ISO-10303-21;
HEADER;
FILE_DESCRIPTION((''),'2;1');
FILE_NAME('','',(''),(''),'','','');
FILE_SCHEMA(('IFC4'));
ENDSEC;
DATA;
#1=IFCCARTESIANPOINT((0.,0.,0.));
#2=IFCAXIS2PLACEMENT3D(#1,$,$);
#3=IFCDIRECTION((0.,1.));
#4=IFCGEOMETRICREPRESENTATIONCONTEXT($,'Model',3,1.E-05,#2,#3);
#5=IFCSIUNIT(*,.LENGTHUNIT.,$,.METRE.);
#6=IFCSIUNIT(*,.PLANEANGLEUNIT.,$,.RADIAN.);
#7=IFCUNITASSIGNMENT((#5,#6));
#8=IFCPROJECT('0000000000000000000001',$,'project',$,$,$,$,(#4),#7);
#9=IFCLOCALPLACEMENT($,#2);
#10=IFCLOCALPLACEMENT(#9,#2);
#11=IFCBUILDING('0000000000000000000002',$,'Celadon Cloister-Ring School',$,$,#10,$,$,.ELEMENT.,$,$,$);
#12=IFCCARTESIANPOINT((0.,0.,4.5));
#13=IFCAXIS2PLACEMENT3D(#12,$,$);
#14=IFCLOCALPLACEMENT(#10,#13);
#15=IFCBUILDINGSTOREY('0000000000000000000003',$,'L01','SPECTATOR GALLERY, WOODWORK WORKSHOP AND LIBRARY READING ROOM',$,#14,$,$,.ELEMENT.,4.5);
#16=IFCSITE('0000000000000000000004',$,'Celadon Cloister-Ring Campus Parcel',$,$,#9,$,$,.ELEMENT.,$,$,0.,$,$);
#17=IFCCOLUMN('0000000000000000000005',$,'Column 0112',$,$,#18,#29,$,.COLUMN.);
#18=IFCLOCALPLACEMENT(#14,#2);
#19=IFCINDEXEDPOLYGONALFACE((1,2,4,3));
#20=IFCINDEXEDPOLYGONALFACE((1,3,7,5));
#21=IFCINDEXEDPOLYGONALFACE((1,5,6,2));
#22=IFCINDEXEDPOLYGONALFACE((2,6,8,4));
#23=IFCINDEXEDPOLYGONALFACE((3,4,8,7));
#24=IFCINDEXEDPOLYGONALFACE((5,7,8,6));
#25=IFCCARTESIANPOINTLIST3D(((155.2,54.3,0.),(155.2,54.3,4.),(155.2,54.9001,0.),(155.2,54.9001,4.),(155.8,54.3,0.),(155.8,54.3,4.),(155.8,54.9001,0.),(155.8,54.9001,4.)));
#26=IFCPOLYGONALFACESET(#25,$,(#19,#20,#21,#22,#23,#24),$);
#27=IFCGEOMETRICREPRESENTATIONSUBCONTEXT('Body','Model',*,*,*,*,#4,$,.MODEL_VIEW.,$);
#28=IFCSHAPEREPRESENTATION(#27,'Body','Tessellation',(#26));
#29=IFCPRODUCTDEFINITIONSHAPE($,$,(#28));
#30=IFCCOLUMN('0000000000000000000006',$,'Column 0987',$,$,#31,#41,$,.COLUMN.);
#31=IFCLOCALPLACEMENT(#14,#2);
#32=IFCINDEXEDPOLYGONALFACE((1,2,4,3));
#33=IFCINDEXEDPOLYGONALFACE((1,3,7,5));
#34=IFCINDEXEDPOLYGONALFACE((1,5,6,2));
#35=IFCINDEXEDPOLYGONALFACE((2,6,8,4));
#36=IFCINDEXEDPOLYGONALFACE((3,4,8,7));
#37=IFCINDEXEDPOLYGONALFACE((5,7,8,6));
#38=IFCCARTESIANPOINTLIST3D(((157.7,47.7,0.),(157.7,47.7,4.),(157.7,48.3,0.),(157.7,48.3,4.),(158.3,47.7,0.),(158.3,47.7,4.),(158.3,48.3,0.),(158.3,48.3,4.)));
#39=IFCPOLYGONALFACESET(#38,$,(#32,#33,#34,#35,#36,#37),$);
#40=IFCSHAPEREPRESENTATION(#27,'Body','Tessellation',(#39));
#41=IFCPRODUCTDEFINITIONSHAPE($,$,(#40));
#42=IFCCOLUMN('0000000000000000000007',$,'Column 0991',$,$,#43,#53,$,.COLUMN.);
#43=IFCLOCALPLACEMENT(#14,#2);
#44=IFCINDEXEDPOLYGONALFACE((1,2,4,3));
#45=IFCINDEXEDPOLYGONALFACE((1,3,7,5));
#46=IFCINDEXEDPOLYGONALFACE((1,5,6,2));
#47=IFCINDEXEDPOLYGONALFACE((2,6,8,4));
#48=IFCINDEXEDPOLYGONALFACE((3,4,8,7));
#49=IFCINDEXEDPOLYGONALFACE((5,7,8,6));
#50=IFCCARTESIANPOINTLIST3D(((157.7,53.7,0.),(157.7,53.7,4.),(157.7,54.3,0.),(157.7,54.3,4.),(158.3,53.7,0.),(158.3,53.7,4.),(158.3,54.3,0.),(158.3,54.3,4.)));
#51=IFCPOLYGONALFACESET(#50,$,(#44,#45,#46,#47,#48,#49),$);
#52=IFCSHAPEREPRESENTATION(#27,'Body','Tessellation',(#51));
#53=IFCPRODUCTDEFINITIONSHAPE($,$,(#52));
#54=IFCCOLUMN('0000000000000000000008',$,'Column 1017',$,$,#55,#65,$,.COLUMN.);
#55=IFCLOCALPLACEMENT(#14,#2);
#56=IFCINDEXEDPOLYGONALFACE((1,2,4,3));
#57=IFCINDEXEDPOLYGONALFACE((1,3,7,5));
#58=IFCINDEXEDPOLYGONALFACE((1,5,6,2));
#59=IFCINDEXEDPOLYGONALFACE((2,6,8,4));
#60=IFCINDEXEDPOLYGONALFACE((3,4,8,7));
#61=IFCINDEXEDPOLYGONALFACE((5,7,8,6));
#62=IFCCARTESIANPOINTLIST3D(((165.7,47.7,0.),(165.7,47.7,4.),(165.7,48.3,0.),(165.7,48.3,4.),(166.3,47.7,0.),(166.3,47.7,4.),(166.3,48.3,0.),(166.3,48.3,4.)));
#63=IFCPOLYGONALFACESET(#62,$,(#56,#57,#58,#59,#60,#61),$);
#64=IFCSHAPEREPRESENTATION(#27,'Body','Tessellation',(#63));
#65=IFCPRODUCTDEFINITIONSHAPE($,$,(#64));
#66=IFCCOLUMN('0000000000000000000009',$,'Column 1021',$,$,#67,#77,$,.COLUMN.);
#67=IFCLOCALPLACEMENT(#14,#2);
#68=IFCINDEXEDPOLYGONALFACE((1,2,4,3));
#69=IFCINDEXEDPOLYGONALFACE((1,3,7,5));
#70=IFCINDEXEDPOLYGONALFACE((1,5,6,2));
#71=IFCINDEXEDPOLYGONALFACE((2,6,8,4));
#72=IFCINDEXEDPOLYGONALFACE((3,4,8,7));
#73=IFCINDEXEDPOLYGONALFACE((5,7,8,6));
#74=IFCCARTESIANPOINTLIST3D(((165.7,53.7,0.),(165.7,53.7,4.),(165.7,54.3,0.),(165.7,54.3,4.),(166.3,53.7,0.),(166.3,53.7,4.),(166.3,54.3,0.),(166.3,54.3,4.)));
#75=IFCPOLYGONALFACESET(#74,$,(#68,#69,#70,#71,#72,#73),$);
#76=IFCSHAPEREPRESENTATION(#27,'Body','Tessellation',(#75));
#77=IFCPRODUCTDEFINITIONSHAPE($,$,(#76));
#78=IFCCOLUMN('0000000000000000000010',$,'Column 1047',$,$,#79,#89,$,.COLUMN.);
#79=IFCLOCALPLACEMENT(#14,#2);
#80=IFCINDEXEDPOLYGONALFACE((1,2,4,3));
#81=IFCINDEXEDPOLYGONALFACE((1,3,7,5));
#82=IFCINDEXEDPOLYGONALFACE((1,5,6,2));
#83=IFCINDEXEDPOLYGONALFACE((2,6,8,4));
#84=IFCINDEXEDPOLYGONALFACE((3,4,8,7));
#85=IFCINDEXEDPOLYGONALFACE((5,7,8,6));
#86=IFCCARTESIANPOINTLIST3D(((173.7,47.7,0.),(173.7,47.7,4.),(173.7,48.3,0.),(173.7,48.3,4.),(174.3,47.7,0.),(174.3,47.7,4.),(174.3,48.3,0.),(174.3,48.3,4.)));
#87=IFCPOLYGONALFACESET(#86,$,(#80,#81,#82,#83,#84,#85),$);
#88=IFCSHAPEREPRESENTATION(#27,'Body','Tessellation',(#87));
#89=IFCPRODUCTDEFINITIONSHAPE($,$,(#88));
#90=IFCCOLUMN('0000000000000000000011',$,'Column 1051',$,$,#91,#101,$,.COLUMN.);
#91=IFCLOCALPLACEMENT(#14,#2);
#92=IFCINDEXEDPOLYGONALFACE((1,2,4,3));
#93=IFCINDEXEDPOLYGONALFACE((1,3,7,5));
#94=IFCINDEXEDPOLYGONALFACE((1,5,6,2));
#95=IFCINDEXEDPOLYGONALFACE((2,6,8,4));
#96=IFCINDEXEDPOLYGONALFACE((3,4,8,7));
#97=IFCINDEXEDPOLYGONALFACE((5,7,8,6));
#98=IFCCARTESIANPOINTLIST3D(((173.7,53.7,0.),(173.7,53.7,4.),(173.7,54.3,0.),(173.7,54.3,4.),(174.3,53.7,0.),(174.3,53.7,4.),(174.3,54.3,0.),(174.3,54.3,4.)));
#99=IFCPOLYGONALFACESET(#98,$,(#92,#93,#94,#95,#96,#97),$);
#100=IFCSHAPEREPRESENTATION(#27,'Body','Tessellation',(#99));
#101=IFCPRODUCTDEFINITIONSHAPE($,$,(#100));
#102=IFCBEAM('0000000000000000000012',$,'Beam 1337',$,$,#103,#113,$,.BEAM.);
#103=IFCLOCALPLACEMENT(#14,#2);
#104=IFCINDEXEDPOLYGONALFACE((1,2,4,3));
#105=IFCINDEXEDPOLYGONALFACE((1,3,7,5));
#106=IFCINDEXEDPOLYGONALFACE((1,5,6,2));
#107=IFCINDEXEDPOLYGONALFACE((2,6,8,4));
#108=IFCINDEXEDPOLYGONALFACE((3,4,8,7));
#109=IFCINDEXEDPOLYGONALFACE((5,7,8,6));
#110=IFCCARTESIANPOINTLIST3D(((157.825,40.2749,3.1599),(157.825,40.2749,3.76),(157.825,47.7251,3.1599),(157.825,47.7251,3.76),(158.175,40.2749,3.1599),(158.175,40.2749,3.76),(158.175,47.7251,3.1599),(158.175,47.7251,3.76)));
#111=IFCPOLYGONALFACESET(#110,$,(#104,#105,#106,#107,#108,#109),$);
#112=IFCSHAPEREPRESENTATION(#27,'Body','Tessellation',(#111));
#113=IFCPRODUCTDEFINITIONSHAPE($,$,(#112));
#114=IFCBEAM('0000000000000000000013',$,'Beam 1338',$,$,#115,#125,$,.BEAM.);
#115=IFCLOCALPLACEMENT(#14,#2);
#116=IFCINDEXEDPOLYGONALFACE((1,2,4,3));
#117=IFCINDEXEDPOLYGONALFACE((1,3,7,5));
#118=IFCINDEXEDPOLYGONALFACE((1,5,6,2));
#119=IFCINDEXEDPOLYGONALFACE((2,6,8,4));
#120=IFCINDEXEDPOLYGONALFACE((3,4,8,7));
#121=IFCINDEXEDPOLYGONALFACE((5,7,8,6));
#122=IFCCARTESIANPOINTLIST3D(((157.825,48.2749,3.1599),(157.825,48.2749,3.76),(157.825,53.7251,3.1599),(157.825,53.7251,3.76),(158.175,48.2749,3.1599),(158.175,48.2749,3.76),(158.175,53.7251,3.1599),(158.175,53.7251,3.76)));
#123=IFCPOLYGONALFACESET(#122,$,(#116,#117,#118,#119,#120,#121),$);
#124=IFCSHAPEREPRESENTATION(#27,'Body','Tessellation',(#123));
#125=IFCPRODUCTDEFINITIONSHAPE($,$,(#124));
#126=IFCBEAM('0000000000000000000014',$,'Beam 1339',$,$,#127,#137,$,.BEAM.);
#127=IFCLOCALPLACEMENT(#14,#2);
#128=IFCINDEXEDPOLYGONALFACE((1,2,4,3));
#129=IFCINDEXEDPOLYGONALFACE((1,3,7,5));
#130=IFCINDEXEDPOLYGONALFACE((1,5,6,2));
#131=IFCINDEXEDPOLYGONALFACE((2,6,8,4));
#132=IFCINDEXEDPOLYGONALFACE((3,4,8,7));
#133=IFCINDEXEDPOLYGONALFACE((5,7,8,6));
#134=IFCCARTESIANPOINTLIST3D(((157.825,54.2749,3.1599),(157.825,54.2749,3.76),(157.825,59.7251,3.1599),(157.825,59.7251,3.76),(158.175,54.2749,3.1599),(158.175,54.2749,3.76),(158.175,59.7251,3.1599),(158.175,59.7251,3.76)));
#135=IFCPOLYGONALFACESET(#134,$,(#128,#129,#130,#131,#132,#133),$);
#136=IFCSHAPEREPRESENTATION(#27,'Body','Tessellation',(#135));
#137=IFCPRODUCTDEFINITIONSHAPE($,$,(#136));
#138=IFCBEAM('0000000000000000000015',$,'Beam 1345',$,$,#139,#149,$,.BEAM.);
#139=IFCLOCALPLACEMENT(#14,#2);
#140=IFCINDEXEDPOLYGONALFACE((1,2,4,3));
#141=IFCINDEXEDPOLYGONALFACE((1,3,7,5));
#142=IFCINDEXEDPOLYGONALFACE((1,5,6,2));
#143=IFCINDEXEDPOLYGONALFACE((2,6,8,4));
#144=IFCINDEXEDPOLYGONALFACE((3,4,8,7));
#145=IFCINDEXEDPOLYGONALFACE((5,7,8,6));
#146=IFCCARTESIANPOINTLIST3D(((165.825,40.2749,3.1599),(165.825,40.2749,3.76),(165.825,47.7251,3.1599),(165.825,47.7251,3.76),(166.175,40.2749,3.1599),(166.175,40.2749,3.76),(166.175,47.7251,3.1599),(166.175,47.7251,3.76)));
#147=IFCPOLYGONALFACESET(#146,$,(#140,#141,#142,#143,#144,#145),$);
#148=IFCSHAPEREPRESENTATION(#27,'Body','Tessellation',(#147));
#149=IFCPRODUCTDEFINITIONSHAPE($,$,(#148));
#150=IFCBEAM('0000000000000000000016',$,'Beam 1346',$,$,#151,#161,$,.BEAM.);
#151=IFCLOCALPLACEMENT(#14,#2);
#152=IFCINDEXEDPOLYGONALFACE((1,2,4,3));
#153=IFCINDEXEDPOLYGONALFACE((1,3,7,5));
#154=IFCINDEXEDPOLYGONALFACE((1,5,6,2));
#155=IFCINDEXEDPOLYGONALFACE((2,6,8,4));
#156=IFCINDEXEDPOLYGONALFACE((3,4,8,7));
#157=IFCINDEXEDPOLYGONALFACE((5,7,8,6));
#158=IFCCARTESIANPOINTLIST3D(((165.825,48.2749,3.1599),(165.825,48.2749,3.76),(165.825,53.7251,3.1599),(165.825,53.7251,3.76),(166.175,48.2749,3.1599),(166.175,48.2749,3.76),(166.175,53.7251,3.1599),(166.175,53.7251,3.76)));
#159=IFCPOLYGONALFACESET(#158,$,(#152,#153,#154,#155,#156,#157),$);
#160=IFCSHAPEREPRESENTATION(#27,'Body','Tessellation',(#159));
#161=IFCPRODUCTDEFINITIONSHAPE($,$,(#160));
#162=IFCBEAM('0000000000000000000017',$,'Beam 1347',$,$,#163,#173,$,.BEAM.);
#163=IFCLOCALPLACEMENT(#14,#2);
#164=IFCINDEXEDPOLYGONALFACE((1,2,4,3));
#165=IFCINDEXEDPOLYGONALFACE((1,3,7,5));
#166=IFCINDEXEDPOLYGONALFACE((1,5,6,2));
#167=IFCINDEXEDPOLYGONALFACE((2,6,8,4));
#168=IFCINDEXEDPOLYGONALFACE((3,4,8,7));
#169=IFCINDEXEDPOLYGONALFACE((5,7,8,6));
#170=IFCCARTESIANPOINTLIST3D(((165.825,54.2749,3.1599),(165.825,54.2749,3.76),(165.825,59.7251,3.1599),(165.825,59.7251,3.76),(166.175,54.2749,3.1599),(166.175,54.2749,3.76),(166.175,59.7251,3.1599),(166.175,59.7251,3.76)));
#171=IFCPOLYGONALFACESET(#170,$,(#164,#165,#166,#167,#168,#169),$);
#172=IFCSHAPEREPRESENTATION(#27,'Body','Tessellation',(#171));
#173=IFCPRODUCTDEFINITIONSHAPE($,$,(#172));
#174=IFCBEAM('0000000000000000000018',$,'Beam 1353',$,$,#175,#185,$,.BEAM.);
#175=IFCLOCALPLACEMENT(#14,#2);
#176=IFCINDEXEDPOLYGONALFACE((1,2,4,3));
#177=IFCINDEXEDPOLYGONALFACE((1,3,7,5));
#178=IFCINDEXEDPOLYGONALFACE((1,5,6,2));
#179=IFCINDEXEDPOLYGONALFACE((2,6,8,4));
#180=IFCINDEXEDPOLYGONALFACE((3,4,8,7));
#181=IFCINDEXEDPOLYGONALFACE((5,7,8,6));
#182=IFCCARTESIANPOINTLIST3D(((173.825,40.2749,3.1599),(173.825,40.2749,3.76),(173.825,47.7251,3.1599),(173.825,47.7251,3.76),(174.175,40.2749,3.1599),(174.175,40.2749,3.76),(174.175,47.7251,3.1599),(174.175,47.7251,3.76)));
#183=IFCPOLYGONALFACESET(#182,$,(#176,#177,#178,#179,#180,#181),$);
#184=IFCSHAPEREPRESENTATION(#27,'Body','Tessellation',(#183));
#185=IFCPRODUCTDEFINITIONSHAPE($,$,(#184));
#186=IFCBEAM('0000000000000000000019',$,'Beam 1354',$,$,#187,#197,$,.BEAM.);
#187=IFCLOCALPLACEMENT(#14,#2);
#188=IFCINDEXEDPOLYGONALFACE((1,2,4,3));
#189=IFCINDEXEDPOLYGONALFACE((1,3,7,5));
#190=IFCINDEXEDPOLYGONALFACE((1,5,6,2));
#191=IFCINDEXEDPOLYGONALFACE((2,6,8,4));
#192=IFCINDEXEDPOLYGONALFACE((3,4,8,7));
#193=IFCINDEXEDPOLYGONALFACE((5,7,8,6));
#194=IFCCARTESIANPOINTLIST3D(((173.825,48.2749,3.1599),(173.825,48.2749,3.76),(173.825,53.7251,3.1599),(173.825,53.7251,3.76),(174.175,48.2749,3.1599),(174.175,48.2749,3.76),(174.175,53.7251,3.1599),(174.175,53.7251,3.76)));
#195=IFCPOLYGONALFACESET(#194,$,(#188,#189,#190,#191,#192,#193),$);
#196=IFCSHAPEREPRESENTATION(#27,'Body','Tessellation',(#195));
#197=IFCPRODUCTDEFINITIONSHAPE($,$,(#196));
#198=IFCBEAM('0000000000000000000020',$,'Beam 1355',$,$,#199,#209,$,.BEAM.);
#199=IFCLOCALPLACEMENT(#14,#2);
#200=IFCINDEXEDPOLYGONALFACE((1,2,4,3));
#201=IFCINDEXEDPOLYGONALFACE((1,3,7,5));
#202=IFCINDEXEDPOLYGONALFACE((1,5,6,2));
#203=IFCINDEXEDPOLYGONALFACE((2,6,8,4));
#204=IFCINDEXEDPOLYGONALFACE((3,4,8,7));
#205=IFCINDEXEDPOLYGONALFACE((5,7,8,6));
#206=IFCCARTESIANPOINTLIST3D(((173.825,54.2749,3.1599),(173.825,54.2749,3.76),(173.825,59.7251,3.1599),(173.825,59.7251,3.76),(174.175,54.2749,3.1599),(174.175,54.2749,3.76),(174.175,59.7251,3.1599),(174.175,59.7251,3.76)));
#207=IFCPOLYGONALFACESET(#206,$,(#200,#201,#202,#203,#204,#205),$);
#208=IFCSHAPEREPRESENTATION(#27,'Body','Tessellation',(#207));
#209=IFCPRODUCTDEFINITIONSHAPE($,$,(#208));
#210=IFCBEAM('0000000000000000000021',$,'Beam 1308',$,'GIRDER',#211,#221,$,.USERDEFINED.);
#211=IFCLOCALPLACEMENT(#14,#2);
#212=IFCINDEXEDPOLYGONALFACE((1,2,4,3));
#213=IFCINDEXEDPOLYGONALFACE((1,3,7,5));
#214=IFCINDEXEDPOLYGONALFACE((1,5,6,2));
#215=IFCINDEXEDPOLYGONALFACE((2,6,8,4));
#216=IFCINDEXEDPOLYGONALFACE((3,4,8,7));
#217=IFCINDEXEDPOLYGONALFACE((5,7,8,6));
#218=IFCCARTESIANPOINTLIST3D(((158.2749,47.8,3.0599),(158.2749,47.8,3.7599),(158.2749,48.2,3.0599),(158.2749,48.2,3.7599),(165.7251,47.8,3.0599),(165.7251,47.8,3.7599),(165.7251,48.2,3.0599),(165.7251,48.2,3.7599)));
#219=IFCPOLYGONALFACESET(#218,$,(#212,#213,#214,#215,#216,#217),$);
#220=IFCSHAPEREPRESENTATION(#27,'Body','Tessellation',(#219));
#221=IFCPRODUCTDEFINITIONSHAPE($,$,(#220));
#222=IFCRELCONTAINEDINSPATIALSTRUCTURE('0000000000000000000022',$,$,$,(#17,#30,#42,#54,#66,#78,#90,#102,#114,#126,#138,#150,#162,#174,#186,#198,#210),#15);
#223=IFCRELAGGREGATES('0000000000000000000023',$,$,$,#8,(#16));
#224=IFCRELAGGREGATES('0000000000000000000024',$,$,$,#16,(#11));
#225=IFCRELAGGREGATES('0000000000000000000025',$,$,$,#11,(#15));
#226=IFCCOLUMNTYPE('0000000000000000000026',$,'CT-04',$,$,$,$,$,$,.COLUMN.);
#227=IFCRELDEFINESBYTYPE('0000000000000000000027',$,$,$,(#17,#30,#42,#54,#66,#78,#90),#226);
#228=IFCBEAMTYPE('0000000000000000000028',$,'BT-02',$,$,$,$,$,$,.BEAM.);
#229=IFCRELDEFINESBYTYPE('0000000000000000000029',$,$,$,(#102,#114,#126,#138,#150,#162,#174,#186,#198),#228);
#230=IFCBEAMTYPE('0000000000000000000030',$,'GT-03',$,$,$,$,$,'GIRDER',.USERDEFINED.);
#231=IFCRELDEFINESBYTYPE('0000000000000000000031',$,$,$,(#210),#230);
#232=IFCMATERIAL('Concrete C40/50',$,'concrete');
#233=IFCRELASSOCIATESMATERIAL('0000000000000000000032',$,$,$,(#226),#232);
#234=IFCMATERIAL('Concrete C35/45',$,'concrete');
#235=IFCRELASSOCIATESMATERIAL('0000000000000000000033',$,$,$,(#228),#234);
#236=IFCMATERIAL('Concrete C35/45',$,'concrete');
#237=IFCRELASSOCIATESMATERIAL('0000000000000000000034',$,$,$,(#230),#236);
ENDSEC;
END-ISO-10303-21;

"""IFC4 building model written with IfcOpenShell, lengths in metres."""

from ifc_helpers import new_model, si_unit, direction, frame, origin, origin_2d, place, context, subcontext, project, spatial, rectangle, extrude, material, material_profile, profile_set, type_object, element, save


model = new_model("IFC4")

# Units and contexts
model_context = context("Model", 3, precision=1e-05, world=origin(), true_north=direction((0.0, 1.0)))
body_context = subcontext(model_context, "Body", "Model", "MODEL_VIEW")
ifc_project = project(units=[si_unit("LENGTHUNIT", "METRE"), si_unit("PLANEANGLEUNIT", "RADIAN")], contexts=[model_context])

# Site, building, storey
site_placement = place(None, origin())
site = spatial("IfcSite", under=ifc_project, at=site_placement, Name="Celadon Cloister-Ring Campus Parcel", CompositionType="ELEMENT", RefElevation=0.0)
building_placement = place(site_placement, origin())
building = spatial("IfcBuilding", under=site, at=building_placement, Name="Celadon Cloister-Ring School", CompositionType="ELEMENT")
storey_placement = place(building_placement, frame((0.0, 0.0, 4.5)))
storey = spatial("IfcBuildingStorey", under=building, at=storey_placement, Name="L01", Description="SPECTATOR GALLERY, WOODWORK WORKSHOP AND LIBRARY READING ROOM", CompositionType="ELEMENT", Elevation=4.5)

# Columns
ifc_material_1 = material(Name="Concrete C40/50", Category="concrete")
ifc_material_profile_1 = material_profile(ifc_material_1, rectangle(XDim=0.6001, YDim=0.6001, at=origin_2d()), Name="RC600X600")
ifc_profile_set_1 = profile_set([ifc_material_profile_1], Name="Concrete C40/50")
column_type = type_object("IfcColumnType", Name="CT-04", PredefinedType="COLUMN", material=ifc_profile_set_1)
for number, where, z_axis, x_axis, name in (
    (1, (155.5, 54.6001, 0.0), (0.0, 0.0, 1.0), (1.0, 0.0, 0.0), "Column 0112"),
    (2, (158.0, 48.0, 0.0), (0.0, 0.0, 1.0), (1.0, 0.0, 0.0), "Column 0987"),
    (3, (158.0, 54.0, 0.0), (0.0, 0.0, 1.0), (1.0, 0.0, 0.0), "Column 0991"),
    (4, (166.0, 48.0, 0.0), (0.0, 0.0, 1.0), (1.0, 0.0, 0.0), "Column 1017"),
    (5, (166.0, 54.0, 0.0), (0.0, 0.0, 1.0), (1.0, 0.0, 0.0), "Column 1021"),
    (6, (174.0, 48.0, 0.0), (0.0, 0.0, 1.0), (1.0, 0.0, 0.0), "Column 1047"),
    (7, (174.0, 54.0, 0.0), (0.0, 0.0, 1.0), (1.0, 0.0, 0.0), "Column 1051"),
):
    element("IfcColumn", number, at=place(storey_placement, frame(where, z_axis=z_axis, x_axis=x_axis)), inside=storey, type_object=column_type, Name=name, PredefinedType="COLUMN", context=body_context, shape_type="SweptSolid", body=[
        extrude(rectangle(XDim=0.6001, YDim=0.6001, at=origin_2d()), origin(), (0.0, 0.0, 1.0), 4.0),
    ])

# Beams
ifc_material_2 = material(Name="Concrete C35/45", Category="concrete")
ifc_material_profile_2 = material_profile(ifc_material_2, rectangle(XDim=0.3501, YDim=0.6001, at=origin_2d()), Name="RC350X600")
ifc_profile_set_2 = profile_set([ifc_material_profile_2], Name="Concrete C35/45")
beam_type_1 = type_object("IfcBeamType", Name="BT-02", PredefinedType="BEAM", material=ifc_profile_set_2)
beam_1_placement = place(storey_placement, frame((158.0, 40.2749, 3.46), z_axis=(0.0, 1.0, 0.0), x_axis=(-1.0, 0.0, 0.0)))
element("IfcBeam", 8, at=beam_1_placement, inside=storey, type_object=beam_type_1, Name="Beam 1337", PredefinedType="BEAM", context=body_context, shape_type="SweptSolid", body=[
    extrude(rectangle(XDim=0.3501, YDim=0.6001, at=origin_2d()), origin(), (0.0, 0.0, 1.0), 7.4502),
])
for number, where, z_axis, x_axis, name in (
    (9, (158.0, 48.2749, 3.46), (0.0, 1.0, 0.0), (-1.0, 0.0, 0.0), "Beam 1338"),
    (10, (158.0, 54.2749, 3.46), (0.0, 1.0, 0.0), (-1.0, 0.0, 0.0), "Beam 1339"),
):
    element("IfcBeam", number, at=place(storey_placement, frame(where, z_axis=z_axis, x_axis=x_axis)), inside=storey, type_object=beam_type_1, Name=name, PredefinedType="BEAM", context=body_context, shape_type="SweptSolid", body=[
        extrude(rectangle(XDim=0.3501, YDim=0.6001, at=origin_2d()), origin(), (0.0, 0.0, 1.0), 5.4502),
    ])
beam_2_placement = place(storey_placement, frame((166.0, 40.2749, 3.46), z_axis=(0.0, 1.0, 0.0), x_axis=(-1.0, 0.0, 0.0)))
element("IfcBeam", 11, at=beam_2_placement, inside=storey, type_object=beam_type_1, Name="Beam 1345", PredefinedType="BEAM", context=body_context, shape_type="SweptSolid", body=[
    extrude(rectangle(XDim=0.3501, YDim=0.6001, at=origin_2d()), origin(), (0.0, 0.0, 1.0), 7.4502),
])
for number, where, z_axis, x_axis, name in (
    (12, (166.0, 48.2749, 3.46), (0.0, 1.0, 0.0), (-1.0, 0.0, 0.0), "Beam 1346"),
    (13, (166.0, 54.2749, 3.46), (0.0, 1.0, 0.0), (-1.0, 0.0, 0.0), "Beam 1347"),
):
    element("IfcBeam", number, at=place(storey_placement, frame(where, z_axis=z_axis, x_axis=x_axis)), inside=storey, type_object=beam_type_1, Name=name, PredefinedType="BEAM", context=body_context, shape_type="SweptSolid", body=[
        extrude(rectangle(XDim=0.3501, YDim=0.6001, at=origin_2d()), origin(), (0.0, 0.0, 1.0), 5.4502),
    ])
beam_3_placement = place(storey_placement, frame((174.0, 40.2749, 3.46), z_axis=(0.0, 1.0, 0.0), x_axis=(-1.0, 0.0, 0.0)))
element("IfcBeam", 14, at=beam_3_placement, inside=storey, type_object=beam_type_1, Name="Beam 1353", PredefinedType="BEAM", context=body_context, shape_type="SweptSolid", body=[
    extrude(rectangle(XDim=0.3501, YDim=0.6001, at=origin_2d()), origin(), (0.0, 0.0, 1.0), 7.4502),
])
for number, where, z_axis, x_axis, name in (
    (15, (174.0, 48.2749, 3.46), (0.0, 1.0, 0.0), (-1.0, 0.0, 0.0), "Beam 1354"),
    (16, (174.0, 54.2749, 3.46), (0.0, 1.0, 0.0), (-1.0, 0.0, 0.0), "Beam 1355"),
):
    element("IfcBeam", number, at=place(storey_placement, frame(where, z_axis=z_axis, x_axis=x_axis)), inside=storey, type_object=beam_type_1, Name=name, PredefinedType="BEAM", context=body_context, shape_type="SweptSolid", body=[
        extrude(rectangle(XDim=0.3501, YDim=0.6001, at=origin_2d()), origin(), (0.0, 0.0, 1.0), 5.4502),
    ])
ifc_material_3 = material(Name="Concrete C35/45", Category="concrete")
ifc_material_profile_3 = material_profile(ifc_material_3, rectangle(XDim=0.3999, YDim=0.7, at=origin_2d()), Name="RC400X700")
ifc_profile_set_3 = profile_set([ifc_material_profile_3], Name="Concrete C35/45")
beam_type_2 = type_object("IfcBeamType", Name="GT-03", ElementType="GIRDER", PredefinedType="USERDEFINED", material=ifc_profile_set_3)
for number, where, z_axis, x_axis, name in (
    (17, (158.2749, 48.0, 3.4099), (1.0, 0.0, 0.0), (0.0, 1.0, 0.0), "Beam 1308"),
):
    element("IfcBeam", number, at=place(storey_placement, frame(where, z_axis=z_axis, x_axis=x_axis)), inside=storey, type_object=beam_type_2, Name=name, ObjectType="GIRDER", PredefinedType="USERDEFINED", context=body_context, shape_type="SweptSolid", body=[
        extrude(rectangle(XDim=0.3999, YDim=0.7, at=origin_2d()), origin(), (0.0, 0.0, 1.0), 7.4502),
    ])

save(model, "model.ifc")
